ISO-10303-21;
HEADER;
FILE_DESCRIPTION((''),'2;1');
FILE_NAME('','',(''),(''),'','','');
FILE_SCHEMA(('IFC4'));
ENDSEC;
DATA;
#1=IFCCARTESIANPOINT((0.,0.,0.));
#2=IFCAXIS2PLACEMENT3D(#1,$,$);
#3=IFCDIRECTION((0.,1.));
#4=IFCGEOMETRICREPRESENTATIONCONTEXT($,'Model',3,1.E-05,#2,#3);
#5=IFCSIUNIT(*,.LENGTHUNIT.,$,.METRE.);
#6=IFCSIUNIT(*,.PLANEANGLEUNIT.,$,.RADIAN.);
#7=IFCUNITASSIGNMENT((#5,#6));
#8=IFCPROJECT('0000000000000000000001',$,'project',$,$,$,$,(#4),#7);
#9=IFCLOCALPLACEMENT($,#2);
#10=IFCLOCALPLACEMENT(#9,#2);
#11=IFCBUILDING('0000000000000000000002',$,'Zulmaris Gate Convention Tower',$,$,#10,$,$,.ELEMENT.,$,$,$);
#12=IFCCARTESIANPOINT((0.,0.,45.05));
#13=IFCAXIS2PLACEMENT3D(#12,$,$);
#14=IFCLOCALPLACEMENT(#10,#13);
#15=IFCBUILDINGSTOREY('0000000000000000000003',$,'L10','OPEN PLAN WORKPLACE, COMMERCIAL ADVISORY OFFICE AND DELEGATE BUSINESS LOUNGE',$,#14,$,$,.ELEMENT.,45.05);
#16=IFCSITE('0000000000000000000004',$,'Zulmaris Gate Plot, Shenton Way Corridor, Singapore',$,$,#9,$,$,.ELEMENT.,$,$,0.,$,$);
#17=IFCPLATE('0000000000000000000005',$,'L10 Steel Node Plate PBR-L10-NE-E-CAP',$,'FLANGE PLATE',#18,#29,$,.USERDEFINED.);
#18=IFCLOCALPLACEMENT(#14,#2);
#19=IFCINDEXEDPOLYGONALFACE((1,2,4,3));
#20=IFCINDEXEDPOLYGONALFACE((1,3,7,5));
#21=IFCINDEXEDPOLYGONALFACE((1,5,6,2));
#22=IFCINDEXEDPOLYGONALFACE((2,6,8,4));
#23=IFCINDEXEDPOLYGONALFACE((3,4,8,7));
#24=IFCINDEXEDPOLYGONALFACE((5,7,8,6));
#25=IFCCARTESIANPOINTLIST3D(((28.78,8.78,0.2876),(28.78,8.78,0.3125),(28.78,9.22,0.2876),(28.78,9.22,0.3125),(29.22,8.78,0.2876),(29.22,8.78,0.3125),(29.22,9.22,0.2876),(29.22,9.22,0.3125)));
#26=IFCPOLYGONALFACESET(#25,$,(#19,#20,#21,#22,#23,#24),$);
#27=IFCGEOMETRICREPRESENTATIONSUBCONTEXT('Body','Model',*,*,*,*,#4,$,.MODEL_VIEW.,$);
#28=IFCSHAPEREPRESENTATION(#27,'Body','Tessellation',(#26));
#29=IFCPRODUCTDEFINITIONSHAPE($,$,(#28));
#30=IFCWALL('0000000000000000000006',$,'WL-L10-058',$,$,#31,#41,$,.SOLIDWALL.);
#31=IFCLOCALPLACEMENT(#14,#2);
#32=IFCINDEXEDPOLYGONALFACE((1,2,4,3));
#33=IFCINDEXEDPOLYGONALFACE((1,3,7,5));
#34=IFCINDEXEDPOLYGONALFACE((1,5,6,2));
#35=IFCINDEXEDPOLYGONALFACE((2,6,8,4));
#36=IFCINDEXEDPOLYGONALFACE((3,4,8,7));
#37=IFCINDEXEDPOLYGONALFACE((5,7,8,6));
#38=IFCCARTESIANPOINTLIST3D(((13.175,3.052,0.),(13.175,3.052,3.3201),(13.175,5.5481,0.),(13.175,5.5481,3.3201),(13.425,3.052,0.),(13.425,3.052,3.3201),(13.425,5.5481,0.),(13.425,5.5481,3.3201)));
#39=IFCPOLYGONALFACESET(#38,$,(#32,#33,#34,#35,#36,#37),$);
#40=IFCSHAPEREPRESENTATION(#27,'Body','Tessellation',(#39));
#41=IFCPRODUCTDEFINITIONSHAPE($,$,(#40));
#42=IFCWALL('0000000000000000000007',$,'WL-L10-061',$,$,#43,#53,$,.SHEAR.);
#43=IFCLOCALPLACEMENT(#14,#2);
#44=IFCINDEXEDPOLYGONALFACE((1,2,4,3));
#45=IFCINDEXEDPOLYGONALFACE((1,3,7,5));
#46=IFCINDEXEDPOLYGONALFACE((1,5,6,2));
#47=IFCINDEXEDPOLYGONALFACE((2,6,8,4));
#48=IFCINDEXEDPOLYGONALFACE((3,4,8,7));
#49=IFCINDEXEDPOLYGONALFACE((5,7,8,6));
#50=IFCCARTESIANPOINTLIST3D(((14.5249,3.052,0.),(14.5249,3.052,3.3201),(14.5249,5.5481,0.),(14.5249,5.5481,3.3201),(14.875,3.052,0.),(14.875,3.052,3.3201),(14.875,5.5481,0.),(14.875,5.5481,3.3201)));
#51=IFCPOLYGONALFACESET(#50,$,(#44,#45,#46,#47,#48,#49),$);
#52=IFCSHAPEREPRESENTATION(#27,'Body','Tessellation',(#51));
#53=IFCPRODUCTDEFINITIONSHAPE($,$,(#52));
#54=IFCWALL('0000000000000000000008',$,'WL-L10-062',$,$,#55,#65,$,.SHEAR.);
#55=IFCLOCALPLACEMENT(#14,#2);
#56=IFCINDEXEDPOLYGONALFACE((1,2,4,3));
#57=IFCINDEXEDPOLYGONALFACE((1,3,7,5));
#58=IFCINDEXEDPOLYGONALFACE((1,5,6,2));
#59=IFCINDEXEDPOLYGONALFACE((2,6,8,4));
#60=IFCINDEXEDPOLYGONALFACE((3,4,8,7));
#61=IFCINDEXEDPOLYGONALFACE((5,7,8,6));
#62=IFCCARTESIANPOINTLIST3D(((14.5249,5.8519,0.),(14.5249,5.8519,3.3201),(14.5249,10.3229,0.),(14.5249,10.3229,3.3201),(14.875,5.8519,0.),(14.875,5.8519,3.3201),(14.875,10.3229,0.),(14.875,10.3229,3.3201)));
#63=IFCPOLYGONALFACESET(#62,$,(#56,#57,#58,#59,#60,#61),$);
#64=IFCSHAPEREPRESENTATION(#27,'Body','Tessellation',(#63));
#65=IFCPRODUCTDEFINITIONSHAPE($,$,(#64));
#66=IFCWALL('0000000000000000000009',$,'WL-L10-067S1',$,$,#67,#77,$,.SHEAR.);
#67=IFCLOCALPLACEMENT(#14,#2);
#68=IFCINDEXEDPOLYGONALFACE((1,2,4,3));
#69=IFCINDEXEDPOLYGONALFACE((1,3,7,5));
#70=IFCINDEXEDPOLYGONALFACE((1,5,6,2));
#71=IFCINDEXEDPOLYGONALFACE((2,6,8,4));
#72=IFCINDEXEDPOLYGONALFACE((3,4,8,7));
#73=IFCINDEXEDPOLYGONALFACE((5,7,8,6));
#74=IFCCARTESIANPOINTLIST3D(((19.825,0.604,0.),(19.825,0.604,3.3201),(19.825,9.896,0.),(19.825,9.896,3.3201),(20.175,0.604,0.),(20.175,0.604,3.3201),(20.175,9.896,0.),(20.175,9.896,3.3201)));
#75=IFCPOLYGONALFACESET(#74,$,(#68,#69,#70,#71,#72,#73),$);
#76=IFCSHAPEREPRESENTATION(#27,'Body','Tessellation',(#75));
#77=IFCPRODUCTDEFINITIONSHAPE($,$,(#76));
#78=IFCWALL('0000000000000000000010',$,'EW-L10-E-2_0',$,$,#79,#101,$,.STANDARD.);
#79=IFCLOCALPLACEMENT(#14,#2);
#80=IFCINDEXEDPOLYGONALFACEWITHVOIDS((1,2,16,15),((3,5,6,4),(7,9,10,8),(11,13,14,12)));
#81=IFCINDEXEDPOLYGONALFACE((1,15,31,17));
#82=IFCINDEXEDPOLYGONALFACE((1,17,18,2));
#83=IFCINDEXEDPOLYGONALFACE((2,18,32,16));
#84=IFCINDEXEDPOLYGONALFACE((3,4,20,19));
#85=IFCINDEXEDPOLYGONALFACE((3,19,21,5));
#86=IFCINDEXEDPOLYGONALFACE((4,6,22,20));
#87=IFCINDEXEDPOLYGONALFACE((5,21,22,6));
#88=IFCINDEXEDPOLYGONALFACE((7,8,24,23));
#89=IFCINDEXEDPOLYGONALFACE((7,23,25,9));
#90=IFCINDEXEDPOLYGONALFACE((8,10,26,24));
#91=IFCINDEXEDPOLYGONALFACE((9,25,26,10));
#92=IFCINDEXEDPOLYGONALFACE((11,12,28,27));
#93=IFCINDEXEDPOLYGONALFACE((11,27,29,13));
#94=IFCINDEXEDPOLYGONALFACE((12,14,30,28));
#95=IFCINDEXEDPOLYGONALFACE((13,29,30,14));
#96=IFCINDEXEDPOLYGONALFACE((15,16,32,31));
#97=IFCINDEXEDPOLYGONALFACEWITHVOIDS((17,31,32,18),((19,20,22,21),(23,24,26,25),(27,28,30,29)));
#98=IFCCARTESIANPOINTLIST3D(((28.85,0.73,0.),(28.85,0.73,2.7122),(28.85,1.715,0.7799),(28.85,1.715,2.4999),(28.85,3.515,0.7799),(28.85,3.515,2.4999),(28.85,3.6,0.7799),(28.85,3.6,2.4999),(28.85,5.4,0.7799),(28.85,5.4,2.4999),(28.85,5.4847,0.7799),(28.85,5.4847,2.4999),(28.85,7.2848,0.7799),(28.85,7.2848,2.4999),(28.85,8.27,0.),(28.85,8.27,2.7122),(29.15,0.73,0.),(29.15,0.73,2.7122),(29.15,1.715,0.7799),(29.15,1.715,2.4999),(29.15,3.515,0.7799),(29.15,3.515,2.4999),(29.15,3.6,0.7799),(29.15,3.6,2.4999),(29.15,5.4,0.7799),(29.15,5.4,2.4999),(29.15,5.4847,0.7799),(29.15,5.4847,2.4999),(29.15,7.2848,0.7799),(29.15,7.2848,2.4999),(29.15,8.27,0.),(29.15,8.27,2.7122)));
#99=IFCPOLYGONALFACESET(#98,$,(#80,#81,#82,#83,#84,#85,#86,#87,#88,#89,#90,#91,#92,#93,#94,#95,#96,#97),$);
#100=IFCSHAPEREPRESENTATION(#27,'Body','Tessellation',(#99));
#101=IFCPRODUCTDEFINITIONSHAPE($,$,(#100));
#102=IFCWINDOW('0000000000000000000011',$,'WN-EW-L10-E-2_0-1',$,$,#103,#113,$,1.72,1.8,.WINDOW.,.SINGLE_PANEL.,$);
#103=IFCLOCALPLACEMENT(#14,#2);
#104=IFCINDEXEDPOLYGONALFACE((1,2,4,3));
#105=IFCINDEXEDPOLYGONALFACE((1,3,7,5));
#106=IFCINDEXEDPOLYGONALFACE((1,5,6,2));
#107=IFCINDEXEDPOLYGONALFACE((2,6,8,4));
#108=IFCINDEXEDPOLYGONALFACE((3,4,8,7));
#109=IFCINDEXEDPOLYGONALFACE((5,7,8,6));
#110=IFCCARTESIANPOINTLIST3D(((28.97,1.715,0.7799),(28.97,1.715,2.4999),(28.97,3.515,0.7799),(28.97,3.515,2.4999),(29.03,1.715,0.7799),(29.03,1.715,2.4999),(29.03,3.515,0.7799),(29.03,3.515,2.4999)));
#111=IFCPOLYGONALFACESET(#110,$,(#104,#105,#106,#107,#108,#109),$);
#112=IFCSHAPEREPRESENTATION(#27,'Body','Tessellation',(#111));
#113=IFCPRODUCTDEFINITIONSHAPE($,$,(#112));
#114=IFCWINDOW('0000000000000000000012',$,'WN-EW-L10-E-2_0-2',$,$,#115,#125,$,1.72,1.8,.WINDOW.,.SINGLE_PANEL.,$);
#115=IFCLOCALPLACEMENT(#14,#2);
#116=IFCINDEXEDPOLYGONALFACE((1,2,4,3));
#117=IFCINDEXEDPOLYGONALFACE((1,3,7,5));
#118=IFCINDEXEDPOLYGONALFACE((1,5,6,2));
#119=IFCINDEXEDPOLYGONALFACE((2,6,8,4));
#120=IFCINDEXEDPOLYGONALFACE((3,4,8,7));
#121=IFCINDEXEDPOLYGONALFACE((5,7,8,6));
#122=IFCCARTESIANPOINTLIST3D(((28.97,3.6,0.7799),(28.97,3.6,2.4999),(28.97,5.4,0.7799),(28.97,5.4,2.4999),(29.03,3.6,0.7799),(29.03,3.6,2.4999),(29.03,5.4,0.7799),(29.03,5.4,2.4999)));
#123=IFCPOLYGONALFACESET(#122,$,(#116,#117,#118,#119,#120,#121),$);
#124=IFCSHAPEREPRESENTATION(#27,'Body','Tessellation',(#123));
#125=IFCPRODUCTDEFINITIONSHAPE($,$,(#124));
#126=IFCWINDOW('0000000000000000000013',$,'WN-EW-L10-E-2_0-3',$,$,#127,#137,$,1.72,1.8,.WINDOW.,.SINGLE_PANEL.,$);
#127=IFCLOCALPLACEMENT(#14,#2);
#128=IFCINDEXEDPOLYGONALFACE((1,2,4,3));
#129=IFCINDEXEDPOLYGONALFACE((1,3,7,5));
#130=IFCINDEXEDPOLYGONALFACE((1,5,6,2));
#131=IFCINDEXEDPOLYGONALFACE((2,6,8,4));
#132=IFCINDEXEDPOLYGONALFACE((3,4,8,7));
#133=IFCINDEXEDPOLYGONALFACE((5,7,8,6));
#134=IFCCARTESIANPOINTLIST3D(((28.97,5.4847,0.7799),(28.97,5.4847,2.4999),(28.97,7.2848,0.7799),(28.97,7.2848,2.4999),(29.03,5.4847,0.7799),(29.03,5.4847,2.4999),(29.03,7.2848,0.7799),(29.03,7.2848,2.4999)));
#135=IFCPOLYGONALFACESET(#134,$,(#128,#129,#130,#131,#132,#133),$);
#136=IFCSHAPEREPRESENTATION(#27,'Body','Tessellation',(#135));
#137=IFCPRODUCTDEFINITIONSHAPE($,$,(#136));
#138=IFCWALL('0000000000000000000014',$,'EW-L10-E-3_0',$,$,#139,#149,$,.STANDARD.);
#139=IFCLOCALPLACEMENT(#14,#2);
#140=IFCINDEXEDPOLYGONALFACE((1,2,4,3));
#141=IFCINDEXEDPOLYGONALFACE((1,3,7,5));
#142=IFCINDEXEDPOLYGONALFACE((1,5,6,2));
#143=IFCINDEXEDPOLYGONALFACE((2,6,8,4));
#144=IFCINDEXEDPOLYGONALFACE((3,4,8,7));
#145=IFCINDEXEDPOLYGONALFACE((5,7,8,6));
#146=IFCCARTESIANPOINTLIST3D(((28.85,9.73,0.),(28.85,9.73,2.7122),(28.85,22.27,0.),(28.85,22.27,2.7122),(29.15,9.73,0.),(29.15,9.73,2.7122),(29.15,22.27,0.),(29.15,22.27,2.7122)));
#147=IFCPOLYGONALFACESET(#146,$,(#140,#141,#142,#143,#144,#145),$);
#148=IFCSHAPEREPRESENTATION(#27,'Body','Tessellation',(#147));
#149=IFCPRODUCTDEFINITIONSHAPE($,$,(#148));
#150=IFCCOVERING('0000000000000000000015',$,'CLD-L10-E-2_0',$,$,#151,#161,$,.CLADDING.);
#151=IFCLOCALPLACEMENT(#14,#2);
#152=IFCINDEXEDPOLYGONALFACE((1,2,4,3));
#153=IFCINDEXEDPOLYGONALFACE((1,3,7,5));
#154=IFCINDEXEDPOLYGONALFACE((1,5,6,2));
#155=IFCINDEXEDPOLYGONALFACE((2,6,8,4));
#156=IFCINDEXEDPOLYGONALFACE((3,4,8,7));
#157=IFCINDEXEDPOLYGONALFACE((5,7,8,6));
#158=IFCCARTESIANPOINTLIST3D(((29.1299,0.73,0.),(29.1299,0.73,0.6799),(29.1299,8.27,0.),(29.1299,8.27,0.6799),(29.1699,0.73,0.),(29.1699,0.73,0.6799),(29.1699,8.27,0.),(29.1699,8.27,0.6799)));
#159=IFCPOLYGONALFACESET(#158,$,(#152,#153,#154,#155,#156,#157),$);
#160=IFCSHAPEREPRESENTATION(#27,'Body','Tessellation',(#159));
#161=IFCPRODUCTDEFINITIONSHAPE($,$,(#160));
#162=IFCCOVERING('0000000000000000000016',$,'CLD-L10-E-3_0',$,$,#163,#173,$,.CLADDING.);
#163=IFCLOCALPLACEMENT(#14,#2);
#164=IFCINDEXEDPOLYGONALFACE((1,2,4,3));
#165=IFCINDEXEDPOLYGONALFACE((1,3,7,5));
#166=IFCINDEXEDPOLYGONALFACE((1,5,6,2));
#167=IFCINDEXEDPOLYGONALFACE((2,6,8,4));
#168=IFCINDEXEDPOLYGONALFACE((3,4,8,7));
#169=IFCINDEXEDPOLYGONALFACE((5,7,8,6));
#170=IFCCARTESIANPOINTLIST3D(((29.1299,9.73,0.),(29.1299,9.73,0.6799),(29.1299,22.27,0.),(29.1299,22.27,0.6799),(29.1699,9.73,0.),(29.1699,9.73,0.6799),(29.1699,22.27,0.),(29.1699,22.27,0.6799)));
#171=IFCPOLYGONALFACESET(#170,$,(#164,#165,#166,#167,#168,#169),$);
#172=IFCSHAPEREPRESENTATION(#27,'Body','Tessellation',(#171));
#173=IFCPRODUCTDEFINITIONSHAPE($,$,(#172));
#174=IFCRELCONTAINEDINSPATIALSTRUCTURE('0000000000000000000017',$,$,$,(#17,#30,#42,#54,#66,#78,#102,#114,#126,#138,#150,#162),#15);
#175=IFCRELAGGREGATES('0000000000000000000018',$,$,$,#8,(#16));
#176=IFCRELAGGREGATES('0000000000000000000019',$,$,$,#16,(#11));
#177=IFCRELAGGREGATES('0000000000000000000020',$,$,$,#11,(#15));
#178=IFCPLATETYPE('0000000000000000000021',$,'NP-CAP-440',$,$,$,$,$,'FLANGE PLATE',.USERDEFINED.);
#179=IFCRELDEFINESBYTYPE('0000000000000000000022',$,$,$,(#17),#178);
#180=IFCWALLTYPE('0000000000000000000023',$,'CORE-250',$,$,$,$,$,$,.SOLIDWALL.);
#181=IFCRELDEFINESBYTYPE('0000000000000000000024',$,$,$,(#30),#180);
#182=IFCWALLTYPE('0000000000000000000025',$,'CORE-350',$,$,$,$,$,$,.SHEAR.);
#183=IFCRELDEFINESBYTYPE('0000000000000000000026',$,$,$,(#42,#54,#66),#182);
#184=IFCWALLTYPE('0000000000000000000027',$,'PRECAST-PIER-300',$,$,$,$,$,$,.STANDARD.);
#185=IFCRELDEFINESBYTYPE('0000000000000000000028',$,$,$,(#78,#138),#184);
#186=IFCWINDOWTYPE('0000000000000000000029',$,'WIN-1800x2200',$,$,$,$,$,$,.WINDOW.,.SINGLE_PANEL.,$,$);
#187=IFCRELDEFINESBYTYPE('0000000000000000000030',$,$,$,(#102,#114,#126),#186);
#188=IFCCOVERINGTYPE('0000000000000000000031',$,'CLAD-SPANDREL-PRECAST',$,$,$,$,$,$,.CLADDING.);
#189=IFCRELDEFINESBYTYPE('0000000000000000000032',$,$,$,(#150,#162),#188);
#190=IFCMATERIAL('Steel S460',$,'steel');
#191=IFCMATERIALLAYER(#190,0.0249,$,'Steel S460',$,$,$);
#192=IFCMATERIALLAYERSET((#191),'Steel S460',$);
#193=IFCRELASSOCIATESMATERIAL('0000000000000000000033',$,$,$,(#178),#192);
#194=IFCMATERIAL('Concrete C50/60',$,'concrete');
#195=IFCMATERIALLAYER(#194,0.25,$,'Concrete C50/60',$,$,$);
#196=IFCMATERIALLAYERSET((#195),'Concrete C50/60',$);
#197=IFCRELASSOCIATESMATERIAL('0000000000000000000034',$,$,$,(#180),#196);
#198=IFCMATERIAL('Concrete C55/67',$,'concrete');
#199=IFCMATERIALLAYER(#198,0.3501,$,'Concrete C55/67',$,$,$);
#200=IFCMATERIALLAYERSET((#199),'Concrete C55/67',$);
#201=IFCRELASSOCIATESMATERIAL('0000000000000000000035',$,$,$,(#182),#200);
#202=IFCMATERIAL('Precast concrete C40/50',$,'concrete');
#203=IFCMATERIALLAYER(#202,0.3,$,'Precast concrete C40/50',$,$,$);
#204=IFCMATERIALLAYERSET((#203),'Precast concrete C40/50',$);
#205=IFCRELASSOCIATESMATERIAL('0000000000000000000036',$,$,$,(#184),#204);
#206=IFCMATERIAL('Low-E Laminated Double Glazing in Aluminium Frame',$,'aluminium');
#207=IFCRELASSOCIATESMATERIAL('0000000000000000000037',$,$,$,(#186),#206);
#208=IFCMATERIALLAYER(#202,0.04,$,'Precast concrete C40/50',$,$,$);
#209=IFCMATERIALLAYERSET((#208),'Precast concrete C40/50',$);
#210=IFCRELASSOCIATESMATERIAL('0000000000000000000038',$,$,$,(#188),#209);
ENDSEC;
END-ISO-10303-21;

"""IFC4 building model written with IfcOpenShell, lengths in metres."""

from ifc_helpers import new_model, si_unit, direction, frame, frame_2d, origin, origin_2d, place, context, subcontext, project, spatial, rectangle, extrude, material, layer, layer_set, type_object, element, fill, save


model = new_model("IFC4")

# Units and contexts
model_context = context("Model", 3, precision=1e-05, world=origin(), true_north=direction((0.0, 1.0)))
body_context = subcontext(model_context, "Body", "Model", "MODEL_VIEW")
ifc_project = project(units=[si_unit("LENGTHUNIT", "METRE"), si_unit("PLANEANGLEUNIT", "RADIAN")], contexts=[model_context])

# Site, building, storey
site_placement = place(None, origin())
site = spatial("IfcSite", under=ifc_project, at=site_placement, Name="Zulmaris Gate Plot, Shenton Way Corridor, Singapore", CompositionType="ELEMENT", RefElevation=0.0)
building_placement = place(site_placement, origin())
building = spatial("IfcBuilding", under=site, at=building_placement, Name="Zulmaris Gate Convention Tower", CompositionType="ELEMENT")
storey_placement = place(building_placement, frame((0.0, 0.0, 45.05)))
storey = spatial("IfcBuildingStorey", under=building, at=storey_placement, Name="L10", Description="OPEN PLAN WORKPLACE, COMMERCIAL ADVISORY OFFICE AND DELEGATE BUSINESS LOUNGE", CompositionType="ELEMENT", Elevation=45.05)

# Shared definitions
ifc_material_1 = material(Name="Steel S460", Category="steel")

# Plate
ifc_layer_1 = layer(ifc_material_1, 0.0249, Name="Steel S460")
ifc_layer_set_1 = layer_set([ifc_layer_1], Name="Steel S460")
plate_type = type_object("IfcPlateType", Name="NP-CAP-440", ElementType="FLANGE PLATE", PredefinedType="USERDEFINED", material=ifc_layer_set_1)
plate_placement = place(storey_placement, frame((29.0, 9.0, 0.2876), z_axis=(0.0, 0.0, 1.0), x_axis=(1.0, 0.0, 0.0)))
element("IfcPlate", 1, at=plate_placement, inside=storey, type_object=plate_type, Name="L10 Steel Node Plate PBR-L10-NE-E-CAP", ObjectType="FLANGE PLATE", PredefinedType="USERDEFINED", context=body_context, shape_type="SweptSolid", body=[
    extrude(rectangle(XDim=0.4399, YDim=0.4399, at=origin_2d()), origin(), (0.0, 0.0, 1.0), 0.0249),
])

# Wall
ifc_material_2 = material(Name="Concrete C50/60", Category="concrete")
ifc_layer_2 = layer(ifc_material_2, 0.25, Name="Concrete C50/60")
ifc_layer_set_2 = layer_set([ifc_layer_2], Name="Concrete C50/60")
wall_type_1 = type_object("IfcWallType", Name="CORE-250", PredefinedType="SOLIDWALL", material=ifc_layer_set_2)
wall_1_placement = place(storey_placement, frame((13.3, 3.052, 0.0), z_axis=(0.0, 0.0, 1.0), x_axis=(0.0, 1.0, 0.0)))
element("IfcWall", 2, at=wall_1_placement, inside=storey, type_object=wall_type_1, Name="WL-L10-058", PredefinedType="SOLIDWALL", context=body_context, shape_type="SweptSolid", body=[
    extrude(rectangle(XDim=2.4961, YDim=0.25, at=frame_2d((1.248, 0.0))), origin(), (0.0, 0.0, 1.0), 3.3201),
])

# Walls
ifc_material_3 = material(Name="Concrete C55/67", Category="concrete")
ifc_layer_3 = layer(ifc_material_3, 0.3501, Name="Concrete C55/67")
ifc_layer_set_3 = layer_set([ifc_layer_3], Name="Concrete C55/67")
wall_type_2 = type_object("IfcWallType", Name="CORE-350", PredefinedType="SHEAR", material=ifc_layer_set_3)
wall_2_placement = place(storey_placement, frame((14.7, 3.052, 0.0), z_axis=(0.0, 0.0, 1.0), x_axis=(0.0, 1.0, 0.0)))
element("IfcWall", 3, at=wall_2_placement, inside=storey, type_object=wall_type_2, Name="WL-L10-061", PredefinedType="SHEAR", context=body_context, shape_type="SweptSolid", body=[
    extrude(rectangle(XDim=2.4961, YDim=0.3501, at=frame_2d((1.248, 0.0))), origin(), (0.0, 0.0, 1.0), 3.3201),
])
wall_3_placement = place(storey_placement, frame((14.7, 5.8521, 0.0), z_axis=(0.0, 0.0, 1.0), x_axis=(0.0, 1.0, 0.0)))
element("IfcWall", 4, at=wall_3_placement, inside=storey, type_object=wall_type_2, Name="WL-L10-062", PredefinedType="SHEAR", context=body_context, shape_type="SweptSolid", body=[
    extrude(rectangle(XDim=4.4709, YDim=0.3501, at=frame_2d((2.2354, 0.0))), origin(), (0.0, 0.0, 1.0), 3.3201),
])
wall_4_placement = place(storey_placement, frame((20.0, 0.604, 0.0), z_axis=(0.0, 0.0, 1.0), x_axis=(0.0, 1.0, 0.0)))
element("IfcWall", 5, at=wall_4_placement, inside=storey, type_object=wall_type_2, Name="WL-L10-067S1", PredefinedType="SHEAR", context=body_context, shape_type="SweptSolid", body=[
    extrude(rectangle(XDim=9.292, YDim=0.3501, at=frame_2d((4.646, 0.0))), origin(), (0.0, 0.0, 1.0), 3.3201),
])

# Wall, openings, windows
ifc_material_4 = material(Name="Precast concrete C40/50", Category="concrete")
ifc_layer_4 = layer(ifc_material_4, 0.3, Name="Precast concrete C40/50")
ifc_layer_set_4 = layer_set([ifc_layer_4], Name="Precast concrete C40/50")
wall_type_3 = type_object("IfcWallType", Name="PRECAST-PIER-300", PredefinedType="STANDARD", material=ifc_layer_set_4)
wall_5_placement = place(storey_placement, frame((29.0, 0.73, 0.0), z_axis=(0.0, 0.0, 1.0), x_axis=(0.0, 1.0, 0.0)))
wall_5 = element("IfcWall", 6, at=wall_5_placement, inside=storey, type_object=wall_type_3, Name="EW-L10-E-2_0", PredefinedType="STANDARD", context=body_context, shape_type="SweptSolid", body=[
    extrude(rectangle(XDim=7.54, YDim=0.3, at=frame_2d((3.77, 0.0))), origin(), (0.0, 0.0, 1.0), 2.7122),
])
opening_1_placement = place(wall_5_placement, frame((0.9851, 0.0, 0.78)))
opening_1 = element("IfcOpeningElement", 7, at=opening_1_placement, cuts=wall_5, PredefinedType="OPENING", context=body_context, shape_type="SweptSolid", body=[
    extrude(rectangle(XDim=1.8, YDim=1.72, at=frame_2d((0.8999, 0.8599))), frame((0.0, 0.1602, 0.0), z_axis=(0.0, -1.0, 0.0), x_axis=(1.0, 0.0, 0.0)), (0.0, 0.0, 1.0), 0.3201),
])
opening_2_placement = place(wall_5_placement, frame((2.8701, 0.0, 0.78)))
opening_2 = element("IfcOpeningElement", 8, at=opening_2_placement, cuts=wall_5, PredefinedType="OPENING", context=body_context, shape_type="SweptSolid", body=[
    extrude(rectangle(XDim=1.8, YDim=1.72, at=frame_2d((0.8999, 0.8599))), frame((0.0, 0.1602, 0.0), z_axis=(0.0, -1.0, 0.0), x_axis=(1.0, 0.0, 0.0)), (0.0, 0.0, 1.0), 0.3201),
])
opening_3_placement = place(wall_5_placement, frame((4.7549, 0.0, 0.78)))
opening_3 = element("IfcOpeningElement", 9, at=opening_3_placement, cuts=wall_5, PredefinedType="OPENING", context=body_context, shape_type="SweptSolid", body=[
    extrude(rectangle(XDim=1.8, YDim=1.72, at=frame_2d((0.8999, 0.8599))), frame((0.0, 0.1602, 0.0), z_axis=(0.0, -1.0, 0.0), x_axis=(1.0, 0.0, 0.0)), (0.0, 0.0, 1.0), 0.3201),
])
ifc_material_5 = material(Name="Low-E Laminated Double Glazing in Aluminium Frame", Category="aluminium")
window_type = type_object("IfcWindowType", Name="WIN-1800x2200", PartitioningType="SINGLE_PANEL", PredefinedType="WINDOW", material=ifc_material_5)
window_1_placement = place(opening_1_placement, origin())
window_1 = element("IfcWindow", 10, at=window_1_placement, inside=storey, type_object=window_type, Name="WN-EW-L10-E-2_0-1", OverallHeight=1.72, OverallWidth=1.8, PartitioningType="SINGLE_PANEL", PredefinedType="WINDOW", context=body_context, shape_type="SweptSolid", body=[
    extrude(rectangle(XDim=1.8, YDim=1.72, at=frame_2d((0.8999, 0.8599))), frame((0.0, 0.03, 0.0), z_axis=(0.0, -1.0, 0.0), x_axis=(1.0, 0.0, 0.0)), (0.0, 0.0, 1.0), 0.0601),
])
fill(opening_1, window_1)
window_2_placement = place(opening_2_placement, origin())
window_2 = element("IfcWindow", 11, at=window_2_placement, inside=storey, type_object=window_type, Name="WN-EW-L10-E-2_0-2", OverallHeight=1.72, OverallWidth=1.8, PartitioningType="SINGLE_PANEL", PredefinedType="WINDOW", context=body_context, shape_type="SweptSolid", body=[
    extrude(rectangle(XDim=1.8, YDim=1.72, at=frame_2d((0.8999, 0.8599))), frame((0.0, 0.03, 0.0), z_axis=(0.0, -1.0, 0.0), x_axis=(1.0, 0.0, 0.0)), (0.0, 0.0, 1.0), 0.0601),
])
fill(opening_2, window_2)
window_3_placement = place(opening_3_placement, origin())
window_3 = element("IfcWindow", 12, at=window_3_placement, inside=storey, type_object=window_type, Name="WN-EW-L10-E-2_0-3", OverallHeight=1.72, OverallWidth=1.8, PartitioningType="SINGLE_PANEL", PredefinedType="WINDOW", context=body_context, shape_type="SweptSolid", body=[
    extrude(rectangle(XDim=1.8, YDim=1.72, at=frame_2d((0.8999, 0.8599))), frame((0.0, 0.03, 0.0), z_axis=(0.0, -1.0, 0.0), x_axis=(1.0, 0.0, 0.0)), (0.0, 0.0, 1.0), 0.0601),
])
fill(opening_3, window_3)

# Wall
wall_6_placement = place(storey_placement, frame((29.0, 9.73, 0.0), z_axis=(0.0, 0.0, 1.0), x_axis=(0.0, 1.0, 0.0)))
element("IfcWall", 13, at=wall_6_placement, inside=storey, type_object=wall_type_3, Name="EW-L10-E-3_0", PredefinedType="STANDARD", context=body_context, shape_type="SweptSolid", body=[
    extrude(rectangle(XDim=12.54, YDim=0.3, at=frame_2d((6.27, 0.0))), origin(), (0.0, 0.0, 1.0), 2.7122),
])

# Coverings
ifc_layer_5 = layer(ifc_material_4, 0.04, Name="Precast concrete C40/50")
ifc_layer_set_5 = layer_set([ifc_layer_5], Name="Precast concrete C40/50")
covering_type = type_object("IfcCoveringType", Name="CLAD-SPANDREL-PRECAST", PredefinedType="CLADDING", material=ifc_layer_set_5)
covering_1_placement = place(storey_placement, frame((29.1499, 0.73, 0.0), z_axis=(0.0, 0.0, 1.0), x_axis=(0.0, 1.0, 0.0)))
element("IfcCovering", 14, at=covering_1_placement, inside=storey, type_object=covering_type, Name="CLD-L10-E-2_0", PredefinedType="CLADDING", context=body_context, shape_type="SweptSolid", body=[
    extrude(rectangle(XDim=7.54, YDim=0.04, at=frame_2d((3.77, 0.0))), origin(), (0.0, 0.0, 1.0), 0.6799),
])
covering_2_placement = place(storey_placement, frame((29.1499, 9.73, 0.0), z_axis=(0.0, 0.0, 1.0), x_axis=(0.0, 1.0, 0.0)))
element("IfcCovering", 15, at=covering_2_placement, inside=storey, type_object=covering_type, Name="CLD-L10-E-3_0", PredefinedType="CLADDING", context=body_context, shape_type="SweptSolid", body=[
    extrude(rectangle(XDim=12.54, YDim=0.04, at=frame_2d((6.27, 0.0))), origin(), (0.0, 0.0, 1.0), 0.6799),
])

save(model, "model.ifc")
